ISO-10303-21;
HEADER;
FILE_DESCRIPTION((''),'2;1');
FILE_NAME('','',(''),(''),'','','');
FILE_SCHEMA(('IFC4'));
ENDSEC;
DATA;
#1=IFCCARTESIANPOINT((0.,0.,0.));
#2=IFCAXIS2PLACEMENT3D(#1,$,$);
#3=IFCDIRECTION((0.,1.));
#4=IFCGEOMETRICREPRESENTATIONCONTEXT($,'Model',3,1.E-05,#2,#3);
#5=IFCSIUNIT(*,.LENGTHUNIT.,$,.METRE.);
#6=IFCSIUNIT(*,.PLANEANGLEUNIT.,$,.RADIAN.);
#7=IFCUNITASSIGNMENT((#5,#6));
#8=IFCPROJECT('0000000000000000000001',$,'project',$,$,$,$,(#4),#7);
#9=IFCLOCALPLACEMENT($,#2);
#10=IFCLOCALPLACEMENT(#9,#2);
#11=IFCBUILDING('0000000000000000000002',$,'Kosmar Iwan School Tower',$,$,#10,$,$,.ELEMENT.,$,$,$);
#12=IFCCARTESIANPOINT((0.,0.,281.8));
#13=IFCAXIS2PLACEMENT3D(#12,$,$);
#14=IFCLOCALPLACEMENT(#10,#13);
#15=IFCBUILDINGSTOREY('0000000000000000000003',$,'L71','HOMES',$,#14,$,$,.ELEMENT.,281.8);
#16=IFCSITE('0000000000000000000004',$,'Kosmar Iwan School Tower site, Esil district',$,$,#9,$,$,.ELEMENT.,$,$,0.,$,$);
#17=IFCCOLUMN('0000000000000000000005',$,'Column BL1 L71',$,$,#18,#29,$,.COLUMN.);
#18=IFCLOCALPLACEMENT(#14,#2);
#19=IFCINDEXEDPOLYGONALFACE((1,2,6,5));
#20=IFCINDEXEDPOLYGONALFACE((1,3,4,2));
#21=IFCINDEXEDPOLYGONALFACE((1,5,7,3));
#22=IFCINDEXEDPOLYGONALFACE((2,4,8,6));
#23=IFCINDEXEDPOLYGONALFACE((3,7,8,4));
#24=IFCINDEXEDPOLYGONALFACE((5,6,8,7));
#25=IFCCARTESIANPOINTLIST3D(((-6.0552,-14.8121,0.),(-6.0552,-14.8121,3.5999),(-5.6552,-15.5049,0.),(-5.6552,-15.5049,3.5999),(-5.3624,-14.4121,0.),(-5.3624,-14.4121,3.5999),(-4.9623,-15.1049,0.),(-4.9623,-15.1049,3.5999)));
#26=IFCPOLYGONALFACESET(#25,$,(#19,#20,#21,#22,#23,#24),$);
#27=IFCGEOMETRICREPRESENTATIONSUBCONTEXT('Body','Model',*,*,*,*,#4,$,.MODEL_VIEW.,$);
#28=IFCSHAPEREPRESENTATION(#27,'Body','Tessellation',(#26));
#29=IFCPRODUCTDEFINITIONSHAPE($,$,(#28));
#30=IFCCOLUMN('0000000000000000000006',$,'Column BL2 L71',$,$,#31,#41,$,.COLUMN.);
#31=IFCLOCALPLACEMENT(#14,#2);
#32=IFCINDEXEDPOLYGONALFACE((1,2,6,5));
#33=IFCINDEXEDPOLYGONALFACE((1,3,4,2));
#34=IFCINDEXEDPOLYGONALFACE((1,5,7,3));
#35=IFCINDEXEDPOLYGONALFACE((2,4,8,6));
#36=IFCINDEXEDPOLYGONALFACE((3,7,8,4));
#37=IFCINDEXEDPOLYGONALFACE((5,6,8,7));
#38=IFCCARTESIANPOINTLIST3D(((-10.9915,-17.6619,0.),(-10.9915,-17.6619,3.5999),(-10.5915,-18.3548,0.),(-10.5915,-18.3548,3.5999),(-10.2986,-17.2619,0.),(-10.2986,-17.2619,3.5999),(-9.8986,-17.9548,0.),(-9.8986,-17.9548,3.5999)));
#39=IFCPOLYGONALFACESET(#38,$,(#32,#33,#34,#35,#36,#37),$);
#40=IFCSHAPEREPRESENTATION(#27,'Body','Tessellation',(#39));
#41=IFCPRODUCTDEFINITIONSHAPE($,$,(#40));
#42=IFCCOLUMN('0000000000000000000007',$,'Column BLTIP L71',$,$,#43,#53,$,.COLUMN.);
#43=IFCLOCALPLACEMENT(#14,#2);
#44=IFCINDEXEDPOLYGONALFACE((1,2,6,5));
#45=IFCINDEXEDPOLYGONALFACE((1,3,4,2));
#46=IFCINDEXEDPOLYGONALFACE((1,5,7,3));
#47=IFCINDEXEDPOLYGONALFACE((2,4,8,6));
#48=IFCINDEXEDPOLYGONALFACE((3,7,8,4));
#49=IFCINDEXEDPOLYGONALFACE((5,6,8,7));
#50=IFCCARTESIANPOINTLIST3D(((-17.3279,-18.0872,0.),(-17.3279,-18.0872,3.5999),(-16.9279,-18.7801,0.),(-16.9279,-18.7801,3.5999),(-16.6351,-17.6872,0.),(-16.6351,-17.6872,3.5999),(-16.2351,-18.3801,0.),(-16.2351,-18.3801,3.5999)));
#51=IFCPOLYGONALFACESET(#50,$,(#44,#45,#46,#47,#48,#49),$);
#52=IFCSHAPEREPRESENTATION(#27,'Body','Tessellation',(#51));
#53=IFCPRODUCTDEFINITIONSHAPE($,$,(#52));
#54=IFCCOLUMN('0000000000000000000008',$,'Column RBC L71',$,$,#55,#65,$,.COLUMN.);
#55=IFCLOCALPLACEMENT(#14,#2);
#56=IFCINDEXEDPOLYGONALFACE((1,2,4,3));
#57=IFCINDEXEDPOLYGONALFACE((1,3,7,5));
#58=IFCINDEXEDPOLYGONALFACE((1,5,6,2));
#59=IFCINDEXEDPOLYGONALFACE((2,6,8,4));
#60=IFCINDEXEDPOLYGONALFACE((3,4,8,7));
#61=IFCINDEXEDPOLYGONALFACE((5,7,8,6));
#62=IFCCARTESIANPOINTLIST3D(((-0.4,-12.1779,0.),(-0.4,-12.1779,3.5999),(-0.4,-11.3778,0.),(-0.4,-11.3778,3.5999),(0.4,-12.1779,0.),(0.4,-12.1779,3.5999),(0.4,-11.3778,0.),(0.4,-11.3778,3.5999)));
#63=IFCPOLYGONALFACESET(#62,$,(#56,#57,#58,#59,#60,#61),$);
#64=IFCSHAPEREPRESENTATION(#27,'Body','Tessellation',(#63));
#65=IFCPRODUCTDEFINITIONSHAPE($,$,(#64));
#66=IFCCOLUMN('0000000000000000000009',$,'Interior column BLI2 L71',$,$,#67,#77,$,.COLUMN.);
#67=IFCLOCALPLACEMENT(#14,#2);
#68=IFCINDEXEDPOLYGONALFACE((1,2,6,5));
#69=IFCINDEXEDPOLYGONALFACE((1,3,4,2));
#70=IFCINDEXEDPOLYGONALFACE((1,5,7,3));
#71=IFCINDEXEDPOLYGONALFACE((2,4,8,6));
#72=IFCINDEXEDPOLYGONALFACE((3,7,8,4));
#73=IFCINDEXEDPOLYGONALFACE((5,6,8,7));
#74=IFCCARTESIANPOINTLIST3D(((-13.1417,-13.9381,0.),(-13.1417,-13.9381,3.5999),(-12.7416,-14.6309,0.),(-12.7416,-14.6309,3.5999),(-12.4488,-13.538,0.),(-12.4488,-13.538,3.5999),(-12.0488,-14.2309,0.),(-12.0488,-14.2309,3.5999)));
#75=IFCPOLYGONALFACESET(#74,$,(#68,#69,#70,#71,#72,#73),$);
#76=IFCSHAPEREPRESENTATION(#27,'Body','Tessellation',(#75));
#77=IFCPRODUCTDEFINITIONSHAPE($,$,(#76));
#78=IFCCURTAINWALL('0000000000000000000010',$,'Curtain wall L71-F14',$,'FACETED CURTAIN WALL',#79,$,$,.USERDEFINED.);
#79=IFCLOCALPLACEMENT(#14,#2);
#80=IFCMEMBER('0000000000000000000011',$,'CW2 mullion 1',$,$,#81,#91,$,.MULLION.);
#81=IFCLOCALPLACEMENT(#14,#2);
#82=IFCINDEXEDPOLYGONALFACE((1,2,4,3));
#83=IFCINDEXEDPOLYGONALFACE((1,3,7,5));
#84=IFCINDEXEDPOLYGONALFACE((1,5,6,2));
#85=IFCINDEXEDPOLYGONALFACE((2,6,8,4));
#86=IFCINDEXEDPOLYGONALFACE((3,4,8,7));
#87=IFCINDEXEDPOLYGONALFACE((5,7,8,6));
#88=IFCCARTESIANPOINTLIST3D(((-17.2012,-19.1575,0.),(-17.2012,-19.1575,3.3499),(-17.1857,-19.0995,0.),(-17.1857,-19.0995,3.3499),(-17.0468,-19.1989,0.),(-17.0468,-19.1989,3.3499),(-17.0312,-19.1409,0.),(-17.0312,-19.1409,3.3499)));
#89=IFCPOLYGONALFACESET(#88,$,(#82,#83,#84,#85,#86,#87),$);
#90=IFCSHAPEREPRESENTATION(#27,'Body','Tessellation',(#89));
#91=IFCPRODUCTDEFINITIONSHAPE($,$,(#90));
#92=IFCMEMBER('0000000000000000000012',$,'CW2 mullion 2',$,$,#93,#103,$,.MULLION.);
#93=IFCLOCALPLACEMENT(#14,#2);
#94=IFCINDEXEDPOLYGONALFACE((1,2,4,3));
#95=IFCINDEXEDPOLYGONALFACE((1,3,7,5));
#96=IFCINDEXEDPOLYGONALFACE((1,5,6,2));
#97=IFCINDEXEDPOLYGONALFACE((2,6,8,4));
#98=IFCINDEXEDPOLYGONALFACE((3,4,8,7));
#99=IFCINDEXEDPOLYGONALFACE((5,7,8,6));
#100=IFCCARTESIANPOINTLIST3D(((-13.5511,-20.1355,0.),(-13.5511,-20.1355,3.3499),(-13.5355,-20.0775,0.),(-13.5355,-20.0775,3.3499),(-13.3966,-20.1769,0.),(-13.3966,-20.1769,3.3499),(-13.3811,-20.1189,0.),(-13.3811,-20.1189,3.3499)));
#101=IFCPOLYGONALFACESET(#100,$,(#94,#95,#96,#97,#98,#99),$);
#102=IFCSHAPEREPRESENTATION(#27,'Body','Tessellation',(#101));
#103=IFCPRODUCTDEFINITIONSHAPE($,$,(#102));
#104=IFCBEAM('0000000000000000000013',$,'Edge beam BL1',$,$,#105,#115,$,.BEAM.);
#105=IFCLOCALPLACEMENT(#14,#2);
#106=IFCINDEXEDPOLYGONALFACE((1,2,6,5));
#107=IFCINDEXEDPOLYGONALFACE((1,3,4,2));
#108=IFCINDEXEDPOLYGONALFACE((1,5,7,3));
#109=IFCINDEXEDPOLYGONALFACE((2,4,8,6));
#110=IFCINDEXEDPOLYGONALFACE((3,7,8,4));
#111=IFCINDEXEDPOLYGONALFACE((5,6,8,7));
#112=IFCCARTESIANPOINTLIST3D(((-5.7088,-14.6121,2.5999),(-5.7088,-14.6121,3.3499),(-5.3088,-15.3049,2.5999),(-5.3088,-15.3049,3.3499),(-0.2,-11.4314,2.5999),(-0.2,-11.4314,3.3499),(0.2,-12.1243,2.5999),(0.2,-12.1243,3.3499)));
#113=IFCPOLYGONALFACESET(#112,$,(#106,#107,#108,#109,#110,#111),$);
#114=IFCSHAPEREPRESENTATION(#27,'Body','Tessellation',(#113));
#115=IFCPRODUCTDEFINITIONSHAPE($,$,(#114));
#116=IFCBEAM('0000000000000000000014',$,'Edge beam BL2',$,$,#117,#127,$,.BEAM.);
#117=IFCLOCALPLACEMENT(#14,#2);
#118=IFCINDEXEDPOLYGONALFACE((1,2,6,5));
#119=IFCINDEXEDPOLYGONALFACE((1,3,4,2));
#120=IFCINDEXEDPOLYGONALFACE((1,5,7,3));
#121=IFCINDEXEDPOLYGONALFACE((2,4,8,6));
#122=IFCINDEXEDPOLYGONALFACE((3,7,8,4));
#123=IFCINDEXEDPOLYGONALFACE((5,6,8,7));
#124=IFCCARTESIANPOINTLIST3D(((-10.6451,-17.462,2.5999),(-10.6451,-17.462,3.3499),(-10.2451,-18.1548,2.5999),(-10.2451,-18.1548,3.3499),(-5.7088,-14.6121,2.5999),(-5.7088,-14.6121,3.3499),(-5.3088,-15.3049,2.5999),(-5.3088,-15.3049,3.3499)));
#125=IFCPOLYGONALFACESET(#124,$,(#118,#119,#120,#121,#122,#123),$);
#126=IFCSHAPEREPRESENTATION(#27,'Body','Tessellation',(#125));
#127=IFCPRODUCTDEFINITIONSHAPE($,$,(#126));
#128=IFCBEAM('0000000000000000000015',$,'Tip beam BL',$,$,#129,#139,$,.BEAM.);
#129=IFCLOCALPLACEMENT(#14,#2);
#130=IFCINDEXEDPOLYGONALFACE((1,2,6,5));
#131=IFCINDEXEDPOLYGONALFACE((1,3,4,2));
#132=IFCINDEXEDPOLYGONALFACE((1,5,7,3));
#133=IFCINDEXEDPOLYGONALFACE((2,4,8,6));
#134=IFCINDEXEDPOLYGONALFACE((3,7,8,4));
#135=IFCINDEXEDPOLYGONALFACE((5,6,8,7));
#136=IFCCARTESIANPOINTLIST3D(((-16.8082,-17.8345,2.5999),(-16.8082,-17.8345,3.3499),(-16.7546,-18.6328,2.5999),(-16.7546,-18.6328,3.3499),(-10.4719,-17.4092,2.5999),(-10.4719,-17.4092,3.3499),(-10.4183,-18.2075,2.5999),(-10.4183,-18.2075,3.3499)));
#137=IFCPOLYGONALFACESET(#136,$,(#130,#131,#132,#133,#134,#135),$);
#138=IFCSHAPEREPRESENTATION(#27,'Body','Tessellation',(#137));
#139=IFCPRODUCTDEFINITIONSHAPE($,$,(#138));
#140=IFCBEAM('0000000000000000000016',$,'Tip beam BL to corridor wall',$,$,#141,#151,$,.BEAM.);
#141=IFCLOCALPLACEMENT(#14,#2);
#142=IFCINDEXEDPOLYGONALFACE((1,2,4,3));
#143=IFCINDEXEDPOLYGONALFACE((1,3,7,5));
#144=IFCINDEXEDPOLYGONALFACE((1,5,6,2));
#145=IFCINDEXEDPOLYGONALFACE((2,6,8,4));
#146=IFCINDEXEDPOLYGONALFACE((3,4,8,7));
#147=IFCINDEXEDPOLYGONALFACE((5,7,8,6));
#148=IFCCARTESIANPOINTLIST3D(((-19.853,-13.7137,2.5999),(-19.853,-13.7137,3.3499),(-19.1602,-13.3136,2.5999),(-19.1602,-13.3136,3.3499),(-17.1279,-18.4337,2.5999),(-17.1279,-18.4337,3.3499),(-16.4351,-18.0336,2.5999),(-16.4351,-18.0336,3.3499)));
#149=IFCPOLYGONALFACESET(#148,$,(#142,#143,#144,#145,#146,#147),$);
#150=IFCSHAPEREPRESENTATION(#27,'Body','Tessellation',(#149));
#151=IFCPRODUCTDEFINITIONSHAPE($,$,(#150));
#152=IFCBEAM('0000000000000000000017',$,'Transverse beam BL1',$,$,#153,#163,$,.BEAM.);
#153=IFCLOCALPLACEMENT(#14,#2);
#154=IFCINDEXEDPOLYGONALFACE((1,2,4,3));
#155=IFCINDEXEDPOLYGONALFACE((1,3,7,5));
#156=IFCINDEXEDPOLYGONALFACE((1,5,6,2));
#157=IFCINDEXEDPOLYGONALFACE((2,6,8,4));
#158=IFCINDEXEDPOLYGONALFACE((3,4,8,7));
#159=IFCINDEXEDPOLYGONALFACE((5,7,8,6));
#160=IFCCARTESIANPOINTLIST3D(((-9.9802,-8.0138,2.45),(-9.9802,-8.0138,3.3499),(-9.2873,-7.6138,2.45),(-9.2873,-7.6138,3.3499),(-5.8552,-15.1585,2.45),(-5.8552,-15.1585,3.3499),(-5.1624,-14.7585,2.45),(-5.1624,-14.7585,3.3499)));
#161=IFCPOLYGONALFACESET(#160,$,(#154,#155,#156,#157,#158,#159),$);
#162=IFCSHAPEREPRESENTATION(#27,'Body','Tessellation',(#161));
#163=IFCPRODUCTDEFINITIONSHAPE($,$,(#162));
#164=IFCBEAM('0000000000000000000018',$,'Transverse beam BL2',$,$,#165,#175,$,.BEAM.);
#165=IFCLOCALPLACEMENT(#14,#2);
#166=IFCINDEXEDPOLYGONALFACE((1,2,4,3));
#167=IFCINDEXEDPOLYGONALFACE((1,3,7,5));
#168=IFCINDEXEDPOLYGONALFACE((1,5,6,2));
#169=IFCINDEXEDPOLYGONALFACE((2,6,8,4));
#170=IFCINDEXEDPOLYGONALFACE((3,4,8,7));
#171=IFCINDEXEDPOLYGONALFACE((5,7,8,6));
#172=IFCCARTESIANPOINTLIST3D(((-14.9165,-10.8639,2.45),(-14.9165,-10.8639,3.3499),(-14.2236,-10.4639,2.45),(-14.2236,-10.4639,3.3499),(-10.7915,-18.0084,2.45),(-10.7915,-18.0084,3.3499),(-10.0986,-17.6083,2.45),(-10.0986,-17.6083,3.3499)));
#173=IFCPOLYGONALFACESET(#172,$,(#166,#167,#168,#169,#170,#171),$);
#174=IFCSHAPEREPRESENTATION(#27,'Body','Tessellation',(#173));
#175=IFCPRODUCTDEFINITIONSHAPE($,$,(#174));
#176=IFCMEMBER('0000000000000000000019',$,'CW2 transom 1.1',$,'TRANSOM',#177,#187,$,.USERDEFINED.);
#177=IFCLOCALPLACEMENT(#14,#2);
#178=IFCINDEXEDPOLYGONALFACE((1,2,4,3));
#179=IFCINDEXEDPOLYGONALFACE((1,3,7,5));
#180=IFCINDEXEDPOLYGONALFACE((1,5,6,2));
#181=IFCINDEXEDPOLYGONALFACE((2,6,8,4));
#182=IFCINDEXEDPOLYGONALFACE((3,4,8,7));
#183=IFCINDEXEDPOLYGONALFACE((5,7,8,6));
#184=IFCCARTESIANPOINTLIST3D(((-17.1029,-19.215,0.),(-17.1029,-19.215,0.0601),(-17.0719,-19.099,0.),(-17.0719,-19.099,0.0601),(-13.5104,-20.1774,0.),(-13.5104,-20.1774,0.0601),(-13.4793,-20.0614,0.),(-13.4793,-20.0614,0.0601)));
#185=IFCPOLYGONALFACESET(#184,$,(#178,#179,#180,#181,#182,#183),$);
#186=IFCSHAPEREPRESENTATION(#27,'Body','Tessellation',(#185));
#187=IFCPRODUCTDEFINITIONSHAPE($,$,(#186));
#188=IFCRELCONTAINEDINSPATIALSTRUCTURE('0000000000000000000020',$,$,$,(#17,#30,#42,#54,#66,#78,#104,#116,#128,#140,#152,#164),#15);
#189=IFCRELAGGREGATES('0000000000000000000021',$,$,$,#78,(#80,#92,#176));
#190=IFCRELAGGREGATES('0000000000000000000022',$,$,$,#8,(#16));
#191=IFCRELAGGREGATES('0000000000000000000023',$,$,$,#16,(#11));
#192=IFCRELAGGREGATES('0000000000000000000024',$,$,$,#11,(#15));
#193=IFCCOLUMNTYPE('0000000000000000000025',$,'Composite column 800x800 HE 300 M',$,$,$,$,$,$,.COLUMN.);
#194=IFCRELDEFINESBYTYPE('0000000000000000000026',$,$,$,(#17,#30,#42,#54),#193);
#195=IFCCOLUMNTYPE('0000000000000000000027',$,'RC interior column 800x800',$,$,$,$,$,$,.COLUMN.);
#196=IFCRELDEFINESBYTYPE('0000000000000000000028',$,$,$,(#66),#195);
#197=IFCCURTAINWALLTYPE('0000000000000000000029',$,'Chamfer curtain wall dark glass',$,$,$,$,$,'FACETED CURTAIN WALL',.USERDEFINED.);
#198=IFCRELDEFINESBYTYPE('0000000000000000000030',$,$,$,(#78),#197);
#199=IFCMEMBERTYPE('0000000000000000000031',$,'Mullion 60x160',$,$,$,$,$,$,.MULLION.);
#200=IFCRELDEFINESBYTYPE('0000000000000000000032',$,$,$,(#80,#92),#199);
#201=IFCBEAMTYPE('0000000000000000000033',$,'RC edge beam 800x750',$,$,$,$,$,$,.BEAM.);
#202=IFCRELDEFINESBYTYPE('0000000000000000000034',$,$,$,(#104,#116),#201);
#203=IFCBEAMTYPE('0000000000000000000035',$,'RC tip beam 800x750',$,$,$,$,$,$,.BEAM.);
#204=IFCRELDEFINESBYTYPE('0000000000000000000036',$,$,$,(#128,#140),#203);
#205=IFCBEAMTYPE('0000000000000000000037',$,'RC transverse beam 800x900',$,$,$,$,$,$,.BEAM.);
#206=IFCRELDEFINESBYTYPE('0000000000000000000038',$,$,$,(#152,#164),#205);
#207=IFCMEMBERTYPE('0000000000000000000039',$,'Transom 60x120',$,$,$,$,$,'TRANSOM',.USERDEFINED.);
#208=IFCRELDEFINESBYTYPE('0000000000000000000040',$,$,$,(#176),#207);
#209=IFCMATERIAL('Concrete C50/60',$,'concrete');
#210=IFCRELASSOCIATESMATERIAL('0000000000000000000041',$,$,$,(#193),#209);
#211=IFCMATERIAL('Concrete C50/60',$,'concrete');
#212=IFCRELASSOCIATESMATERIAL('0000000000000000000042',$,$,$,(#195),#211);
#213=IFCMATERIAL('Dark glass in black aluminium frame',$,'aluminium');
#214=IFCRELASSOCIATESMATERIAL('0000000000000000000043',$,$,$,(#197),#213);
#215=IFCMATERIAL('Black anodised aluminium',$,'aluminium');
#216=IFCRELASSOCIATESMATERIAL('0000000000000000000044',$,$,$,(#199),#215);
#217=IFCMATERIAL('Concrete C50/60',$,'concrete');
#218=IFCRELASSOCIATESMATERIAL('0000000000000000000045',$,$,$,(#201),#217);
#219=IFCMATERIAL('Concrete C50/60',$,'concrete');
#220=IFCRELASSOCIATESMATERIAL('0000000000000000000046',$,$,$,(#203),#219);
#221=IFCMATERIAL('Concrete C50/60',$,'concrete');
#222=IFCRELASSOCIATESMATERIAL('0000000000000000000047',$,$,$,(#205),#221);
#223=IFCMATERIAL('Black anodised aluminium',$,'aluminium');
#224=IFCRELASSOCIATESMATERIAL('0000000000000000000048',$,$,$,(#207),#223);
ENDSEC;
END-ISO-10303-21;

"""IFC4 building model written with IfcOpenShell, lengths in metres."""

from ifc_helpers import new_model, si_unit, direction, frame, origin, origin_2d, place, context, subcontext, project, spatial, rectangle, extrude, material, material_profile, profile_set, type_object, element, aggregate, save


model = new_model("IFC4")

# Units and contexts
model_context = context("Model", 3, precision=1e-05, world=origin(), true_north=direction((0.0, 1.0)))
body_context = subcontext(model_context, "Body", "Model", "MODEL_VIEW")
ifc_project = project(units=[si_unit("LENGTHUNIT", "METRE"), si_unit("PLANEANGLEUNIT", "RADIAN")], contexts=[model_context])

# Site, building, storey
site_placement = place(None, origin())
site = spatial("IfcSite", under=ifc_project, at=site_placement, Name="Kosmar Iwan School Tower site, Esil district", CompositionType="ELEMENT", RefElevation=0.0)
building_placement = place(site_placement, origin())
building = spatial("IfcBuilding", under=site, at=building_placement, Name="Kosmar Iwan School Tower", CompositionType="ELEMENT")
storey_placement = place(building_placement, frame((0.0, 0.0, 281.8)))
storey = spatial("IfcBuildingStorey", under=building, at=storey_placement, Name="L71", Description="HOMES", CompositionType="ELEMENT", Elevation=281.8)

# Columns
ifc_material_1 = material(Name="Concrete C50/60", Category="concrete")
ifc_material_profile_1 = material_profile(ifc_material_1, rectangle(XDim=0.8, YDim=0.8, at=origin_2d()), Name="RC 800x800 + HE 300 M")
ifc_profile_set_1 = profile_set([ifc_material_profile_1], Name="Concrete C50/60")
column_type_1 = type_object("IfcColumnType", Name="Composite column 800x800 HE 300 M", PredefinedType="COLUMN", material=ifc_profile_set_1)
for number, where, z_axis, x_axis, name in (
    (1, (-5.5088, -14.9585, 0.0), (0.0, 0.0, 1.0), (-0.866025, -0.5, 0.0), "Column BL1 L71"),
    (2, (-10.4451, -17.8083, 0.0), (0.0, 0.0, 1.0), (-0.866025, -0.5, 0.0), "Column BL2 L71"),
    (3, (-16.7815, -18.2336, 0.0), (0.0, 0.0, 1.0), (-0.866025, -0.5, 0.0), "Column BLTIP L71"),
    (4, (0.0, -11.7778, 0.0), (0.0, 0.0, 1.0), (1.0, 0.0, 0.0), "Column RBC L71"),
):
    element("IfcColumn", number, at=place(storey_placement, frame(where, z_axis=z_axis, x_axis=x_axis)), inside=storey, type_object=column_type_1, Name=name, PredefinedType="COLUMN", context=body_context, shape_type="SweptSolid", body=[
        extrude(rectangle(XDim=0.8, YDim=0.8, at=origin_2d()), origin(), (0.0, 0.0, 1.0), 3.5999),
    ])
ifc_material_2 = material(Name="Concrete C50/60", Category="concrete")
ifc_material_profile_2 = material_profile(ifc_material_2, rectangle(XDim=0.8, YDim=0.8, at=origin_2d()), Name="RC 800x800")
ifc_profile_set_2 = profile_set([ifc_material_profile_2], Name="Concrete C50/60")
column_type_2 = type_object("IfcColumnType", Name="RC interior column 800x800", PredefinedType="COLUMN", material=ifc_profile_set_2)
column_placement = place(storey_placement, frame((-12.5952, -14.0845, 0.0), z_axis=(0.0, 0.0, 1.0), x_axis=(-0.866025, -0.5, 0.0)))
element("IfcColumn", 5, at=column_placement, inside=storey, type_object=column_type_2, Name="Interior column BLI2 L71", PredefinedType="COLUMN", context=body_context, shape_type="SweptSolid", body=[
    extrude(rectangle(XDim=0.8, YDim=0.8, at=origin_2d()), origin(), (0.0, 0.0, 1.0), 3.5999),
])

# Curtain wall, members
ifc_material_3 = material(Name="Dark glass in black aluminium frame", Category="aluminium")
curtain_wall_type = type_object("IfcCurtainWallType", Name="Chamfer curtain wall dark glass", ElementType="FACETED CURTAIN WALL", PredefinedType="USERDEFINED", material=ifc_material_3)
curtain_wall_placement = place(storey_placement, origin())
curtain_wall = element("IfcCurtainWall", 6, at=curtain_wall_placement, inside=storey, type_object=curtain_wall_type, Name="Curtain wall L71-F14", ObjectType="FACETED CURTAIN WALL", PredefinedType="USERDEFINED")
ifc_material_4 = material(Name="Black anodised aluminium", Category="aluminium")
ifc_material_profile_3 = material_profile(ifc_material_4, rectangle(XDim=0.0601, YDim=0.1599, at=origin_2d()), Name="MULLION 60x160")
ifc_profile_set_3 = profile_set([ifc_material_profile_3], Name="Black anodised aluminium")
member_type_1 = type_object("IfcMemberType", Name="Mullion 60x160", PredefinedType="MULLION", material=ifc_profile_set_3)
member_1_placement = place(storey_placement, frame((-17.1162, -19.1492, 0.0), z_axis=(0.0, 0.0, 1.0), x_axis=(0.258819, 0.965926, 0.0)))
member_1 = element("IfcMember", 7, at=member_1_placement, type_object=member_type_1, Name="CW2 mullion 1", PredefinedType="MULLION", context=body_context, shape_type="SweptSolid", body=[
    extrude(rectangle(XDim=0.0601, YDim=0.1599, at=origin_2d()), origin(), (0.0, 0.0, 1.0), 3.3499),
])
member_2_placement = place(storey_placement, frame((-13.4661, -20.1272, 0.0), z_axis=(0.0, 0.0, 1.0), x_axis=(0.258819, 0.965926, 0.0)))
member_2 = element("IfcMember", 8, at=member_2_placement, type_object=member_type_1, Name="CW2 mullion 2", PredefinedType="MULLION", context=body_context, shape_type="SweptSolid", body=[
    extrude(rectangle(XDim=0.0601, YDim=0.1599, at=origin_2d()), origin(), (0.0, 0.0, 1.0), 3.3499),
])

# Beams
ifc_material_5 = material(Name="Concrete C50/60", Category="concrete")
ifc_material_profile_4 = material_profile(ifc_material_5, rectangle(XDim=0.8, YDim=0.75, at=origin_2d()), Name="RC 800x750")
ifc_profile_set_4 = profile_set([ifc_material_profile_4], Name="Concrete C50/60")
beam_type_1 = type_object("IfcBeamType", Name="RC edge beam 800x750", PredefinedType="BEAM", material=ifc_profile_set_4)
beam_1_placement = place(storey_placement, frame((0.0, -11.7778, 2.9749), z_axis=(-0.866014, -0.500019, 0.0), x_axis=(0.500019, -0.866014, 0.0)))
element("IfcBeam", 9, at=beam_1_placement, inside=storey, type_object=beam_type_1, Name="Edge beam BL1", PredefinedType="BEAM", context=body_context, shape_type="SweptSolid", body=[
    extrude(rectangle(XDim=0.8, YDim=0.75, at=origin_2d()), origin(), (0.0, 0.0, 1.0), 6.3611),
])
beam_2_placement = place(storey_placement, frame((-5.5088, -14.9585, 2.9749), z_axis=(-0.866034, -0.499986, 0.0), x_axis=(0.499986, -0.866034, 0.0)))
element("IfcBeam", 10, at=beam_2_placement, inside=storey, type_object=beam_type_1, Name="Edge beam BL2", PredefinedType="BEAM", context=body_context, shape_type="SweptSolid", body=[
    extrude(rectangle(XDim=0.8, YDim=0.75, at=origin_2d()), origin(), (0.0, 0.0, 1.0), 5.7),
])
ifc_material_6 = material(Name="Concrete C50/60", Category="concrete")
ifc_material_profile_5 = material_profile(ifc_material_6, rectangle(XDim=0.8, YDim=0.75, at=origin_2d()), Name="RC 800x750")
ifc_profile_set_5 = profile_set([ifc_material_profile_5], Name="Concrete C50/60")
beam_type_2 = type_object("IfcBeamType", Name="RC tip beam 800x750", PredefinedType="BEAM", material=ifc_profile_set_5)
beam_3_placement = place(storey_placement, frame((-10.4451, -17.8083, 2.9749), z_axis=(-0.997755, -0.066968, 0.0), x_axis=(0.066968, -0.997755, 0.0)))
element("IfcBeam", 11, at=beam_3_placement, inside=storey, type_object=beam_type_2, Name="Tip beam BL", PredefinedType="BEAM", context=body_context, shape_type="SweptSolid", body=[
    extrude(rectangle(XDim=0.8, YDim=0.75, at=origin_2d()), origin(), (0.0, 0.0, 1.0), 6.3506),
])
beam_4_placement = place(storey_placement, frame((-16.7815, -18.2336, 2.9749), z_axis=(-0.500003, 0.866024, 0.0), x_axis=(-0.866024, -0.500003, 0.0)))
element("IfcBeam", 12, at=beam_4_placement, inside=storey, type_object=beam_type_2, Name="Tip beam BL to corridor wall", PredefinedType="BEAM", context=body_context, shape_type="SweptSolid", body=[
    extrude(rectangle(XDim=0.8, YDim=0.75, at=origin_2d()), origin(), (0.0, 0.0, 1.0), 5.4502),
])
ifc_material_7 = material(Name="Concrete C50/60", Category="concrete")
ifc_material_profile_6 = material_profile(ifc_material_7, rectangle(XDim=0.8, YDim=0.8999, at=origin_2d()), Name="RC 800x900")
ifc_profile_set_6 = profile_set([ifc_material_profile_6], Name="Concrete C50/60")
beam_type_3 = type_object("IfcBeamType", Name="RC transverse beam 800x900", PredefinedType="BEAM", material=ifc_profile_set_6)
beam_5_placement = place(storey_placement, frame((-5.5088, -14.9585, 2.8999), z_axis=(-0.499997, 0.866027, 0.0), x_axis=(-0.866027, -0.499997, 0.0)))
element("IfcBeam", 13, at=beam_5_placement, inside=storey, type_object=beam_type_3, Name="Transverse beam BL1", PredefinedType="BEAM", context=body_context, shape_type="SweptSolid", body=[
    extrude(rectangle(XDim=0.8, YDim=0.8999, at=origin_2d()), origin(), (0.0, 0.0, 1.0), 8.25),
])
beam_6_placement = place(storey_placement, frame((-10.4451, -17.8083, 2.8999), z_axis=(-0.500009, 0.86602, 0.0), x_axis=(-0.86602, -0.500009, 0.0)))
element("IfcBeam", 14, at=beam_6_placement, inside=storey, type_object=beam_type_3, Name="Transverse beam BL2", PredefinedType="BEAM", context=body_context, shape_type="SweptSolid", body=[
    extrude(rectangle(XDim=0.8, YDim=0.8999, at=origin_2d()), origin(), (0.0, 0.0, 1.0), 8.2498),
])

# Member
ifc_material_8 = material(Name="Black anodised aluminium", Category="aluminium")
ifc_material_profile_7 = material_profile(ifc_material_8, rectangle(XDim=0.1201, YDim=0.0601, at=origin_2d()), Name="TRANSOM 60x120")
ifc_profile_set_7 = profile_set([ifc_material_profile_7], Name="Black anodised aluminium")
member_type_2 = type_object("IfcMemberType", Name="Transom 60x120", ElementType="TRANSOM", PredefinedType="USERDEFINED", material=ifc_profile_set_7)
member_3_placement = place(storey_placement, frame((-17.0874, -19.157, 0.03), z_axis=(0.96594, -0.258766, 0.0), x_axis=(0.258766, 0.96594, 0.0)))
member_3 = element("IfcMember", 15, at=member_3_placement, type_object=member_type_2, Name="CW2 transom 1.1", ObjectType="TRANSOM", PredefinedType="USERDEFINED", context=body_context, shape_type="SweptSolid", body=[
    extrude(rectangle(XDim=0.1201, YDim=0.0601, at=origin_2d()), origin(), (0.0, 0.0, 1.0), 3.7192),
])

aggregate(curtain_wall, [member_1, member_2, member_3])

save(model, "model.ifc")
